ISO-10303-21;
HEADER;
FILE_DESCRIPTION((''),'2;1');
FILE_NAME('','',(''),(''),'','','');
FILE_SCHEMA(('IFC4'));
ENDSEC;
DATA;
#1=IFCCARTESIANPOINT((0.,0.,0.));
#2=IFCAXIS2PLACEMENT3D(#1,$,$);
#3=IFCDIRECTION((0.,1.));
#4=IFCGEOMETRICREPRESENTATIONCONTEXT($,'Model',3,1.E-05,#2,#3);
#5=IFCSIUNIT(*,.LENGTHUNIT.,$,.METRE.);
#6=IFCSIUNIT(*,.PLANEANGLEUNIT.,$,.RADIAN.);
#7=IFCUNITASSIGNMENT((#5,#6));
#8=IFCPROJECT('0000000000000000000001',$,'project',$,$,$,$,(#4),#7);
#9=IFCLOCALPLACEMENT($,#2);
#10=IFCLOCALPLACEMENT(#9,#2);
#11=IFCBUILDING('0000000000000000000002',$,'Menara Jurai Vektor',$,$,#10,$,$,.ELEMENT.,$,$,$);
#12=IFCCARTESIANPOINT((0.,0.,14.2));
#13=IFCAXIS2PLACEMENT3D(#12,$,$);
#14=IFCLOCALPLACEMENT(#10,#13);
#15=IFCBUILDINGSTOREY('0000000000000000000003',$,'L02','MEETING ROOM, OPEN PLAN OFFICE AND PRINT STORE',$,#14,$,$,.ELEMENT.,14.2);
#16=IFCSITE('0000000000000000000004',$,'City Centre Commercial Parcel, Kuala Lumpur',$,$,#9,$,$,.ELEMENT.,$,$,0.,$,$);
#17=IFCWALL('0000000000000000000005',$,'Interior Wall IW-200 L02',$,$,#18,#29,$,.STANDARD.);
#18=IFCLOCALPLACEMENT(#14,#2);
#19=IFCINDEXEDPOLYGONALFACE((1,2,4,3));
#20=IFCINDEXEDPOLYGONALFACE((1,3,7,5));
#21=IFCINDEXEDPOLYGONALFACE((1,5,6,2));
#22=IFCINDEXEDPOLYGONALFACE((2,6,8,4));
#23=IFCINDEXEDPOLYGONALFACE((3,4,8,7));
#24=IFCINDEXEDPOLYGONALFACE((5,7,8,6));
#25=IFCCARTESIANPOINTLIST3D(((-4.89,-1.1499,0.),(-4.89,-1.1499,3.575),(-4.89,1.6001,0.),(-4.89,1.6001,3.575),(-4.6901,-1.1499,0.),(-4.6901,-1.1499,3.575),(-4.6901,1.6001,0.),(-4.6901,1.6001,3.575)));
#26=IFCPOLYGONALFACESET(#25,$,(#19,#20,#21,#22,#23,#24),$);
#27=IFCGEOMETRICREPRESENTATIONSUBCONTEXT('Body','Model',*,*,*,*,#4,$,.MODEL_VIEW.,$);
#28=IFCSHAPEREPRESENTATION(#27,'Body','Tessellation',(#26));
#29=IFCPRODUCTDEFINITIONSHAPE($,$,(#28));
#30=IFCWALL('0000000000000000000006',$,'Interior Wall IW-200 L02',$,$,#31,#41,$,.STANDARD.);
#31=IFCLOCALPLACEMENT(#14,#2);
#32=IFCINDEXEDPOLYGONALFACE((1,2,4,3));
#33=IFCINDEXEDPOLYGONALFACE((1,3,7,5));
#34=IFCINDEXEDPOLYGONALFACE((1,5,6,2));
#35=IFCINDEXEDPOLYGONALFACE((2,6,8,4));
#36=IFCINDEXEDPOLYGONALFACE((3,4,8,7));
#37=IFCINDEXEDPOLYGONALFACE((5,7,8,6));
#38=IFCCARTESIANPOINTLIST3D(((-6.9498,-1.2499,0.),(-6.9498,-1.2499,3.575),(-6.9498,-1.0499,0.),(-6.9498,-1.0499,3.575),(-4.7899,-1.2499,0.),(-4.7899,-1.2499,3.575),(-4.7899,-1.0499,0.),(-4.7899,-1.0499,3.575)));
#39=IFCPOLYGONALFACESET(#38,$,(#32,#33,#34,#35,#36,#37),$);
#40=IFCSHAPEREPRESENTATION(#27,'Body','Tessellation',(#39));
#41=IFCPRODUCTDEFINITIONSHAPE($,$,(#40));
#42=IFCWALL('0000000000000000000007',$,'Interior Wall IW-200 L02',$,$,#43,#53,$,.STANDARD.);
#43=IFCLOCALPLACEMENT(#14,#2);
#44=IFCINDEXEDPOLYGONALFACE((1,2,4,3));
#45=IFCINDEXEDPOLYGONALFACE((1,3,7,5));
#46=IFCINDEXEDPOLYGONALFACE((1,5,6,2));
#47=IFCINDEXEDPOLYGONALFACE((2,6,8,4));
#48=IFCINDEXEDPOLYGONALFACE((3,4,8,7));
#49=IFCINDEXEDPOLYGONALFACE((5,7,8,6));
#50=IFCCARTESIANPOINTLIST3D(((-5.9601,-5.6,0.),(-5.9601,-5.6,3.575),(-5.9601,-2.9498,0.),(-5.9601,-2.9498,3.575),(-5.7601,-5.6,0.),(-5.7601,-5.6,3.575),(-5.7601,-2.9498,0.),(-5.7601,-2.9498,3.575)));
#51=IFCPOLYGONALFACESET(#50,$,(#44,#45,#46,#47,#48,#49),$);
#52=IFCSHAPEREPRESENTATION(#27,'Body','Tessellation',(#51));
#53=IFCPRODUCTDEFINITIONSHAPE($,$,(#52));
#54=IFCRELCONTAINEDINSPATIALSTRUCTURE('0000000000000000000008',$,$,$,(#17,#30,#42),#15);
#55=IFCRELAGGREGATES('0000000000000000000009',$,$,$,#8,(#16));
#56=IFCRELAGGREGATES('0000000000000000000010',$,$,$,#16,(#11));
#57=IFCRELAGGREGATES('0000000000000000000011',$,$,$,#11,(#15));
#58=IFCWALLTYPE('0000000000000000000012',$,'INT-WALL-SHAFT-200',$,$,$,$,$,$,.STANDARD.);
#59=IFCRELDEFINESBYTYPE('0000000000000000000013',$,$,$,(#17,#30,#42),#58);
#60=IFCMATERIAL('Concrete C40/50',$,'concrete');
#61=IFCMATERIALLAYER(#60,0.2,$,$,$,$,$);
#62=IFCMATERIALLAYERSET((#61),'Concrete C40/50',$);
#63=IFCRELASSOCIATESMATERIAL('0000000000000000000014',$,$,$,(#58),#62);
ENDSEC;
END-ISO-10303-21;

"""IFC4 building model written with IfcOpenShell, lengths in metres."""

from ifc_helpers import new_model, si_unit, direction, frame, frame_2d, origin, place, context, subcontext, project, spatial, rectangle, extrude, material, layer, layer_set, type_object, element, save


model = new_model("IFC4")

# Units and contexts
model_context = context("Model", 3, precision=1e-05, world=origin(), true_north=direction((0.0, 1.0)))
body_context = subcontext(model_context, "Body", "Model", "MODEL_VIEW")
ifc_project = project(units=[si_unit("LENGTHUNIT", "METRE"), si_unit("PLANEANGLEUNIT", "RADIAN")], contexts=[model_context])

# Site, building, storey
site_placement = place(None, origin())
site = spatial("IfcSite", under=ifc_project, at=site_placement, Name="City Centre Commercial Parcel, Kuala Lumpur", CompositionType="ELEMENT", RefElevation=0.0)
building_placement = place(site_placement, origin())
building = spatial("IfcBuilding", under=site, at=building_placement, Name="Menara Jurai Vektor", CompositionType="ELEMENT")
storey_placement = place(building_placement, frame((0.0, 0.0, 14.2)))
storey = spatial("IfcBuildingStorey", under=building, at=storey_placement, Name="L02", Description="MEETING ROOM, OPEN PLAN OFFICE AND PRINT STORE", CompositionType="ELEMENT", Elevation=14.2)

# Shared definitions
ifc_material_1 = material(Name="Concrete C40/50", Category="concrete")
ifc_layer_1 = layer(ifc_material_1, 0.2)
ifc_layer_set_1 = layer_set([ifc_layer_1], Name="Concrete C40/50")
wall_type_1 = type_object("IfcWallType", Name="INT-WALL-SHAFT-200", PredefinedType="STANDARD", material=ifc_layer_set_1)

# Walls
for number, where, z_axis, x_axis, name in (
    (1, (-4.79, -1.1499, 0.0), (0.0, 0.0, 1.0), (0.0, 1.0, 0.0), "Interior Wall IW-200 L02"),
):
    element("IfcWall", number, at=place(storey_placement, frame(where, z_axis=z_axis, x_axis=x_axis)), inside=storey, type_object=wall_type_1, Name=name, PredefinedType="STANDARD", context=body_context, shape_type="SweptSolid", body=[
        extrude(rectangle(XDim=2.75, YDim=0.2, at=frame_2d((1.375, 0.0))), origin(), (0.0, 0.0, 1.0), 3.575),
    ])
wall_1_placement = place(storey_placement, frame((-6.95, -1.1499, 0.0), z_axis=(0.0, 0.0, 1.0), x_axis=(1.0, 0.0, 0.0)))
element("IfcWall", 2, at=wall_1_placement, inside=storey, type_object=wall_type_1, Name="Interior Wall IW-200 L02", PredefinedType="STANDARD", context=body_context, shape_type="SweptSolid", body=[
    extrude(rectangle(XDim=2.1599, YDim=0.2, at=frame_2d((1.0801, 0.0))), origin(), (0.0, 0.0, 1.0), 3.575),
])
wall_2_placement = place(storey_placement, frame((-5.8601, -5.6001, 0.0), z_axis=(0.0, 0.0, 1.0), x_axis=(0.0, 1.0, 0.0)))
element("IfcWall", 3, at=wall_2_placement, inside=storey, type_object=wall_type_1, Name="Interior Wall IW-200 L02", PredefinedType="STANDARD", context=body_context, shape_type="SweptSolid", body=[
    extrude(rectangle(XDim=2.6501, YDim=0.2, at=frame_2d((1.3252, 0.0))), origin(), (0.0, 0.0, 1.0), 3.575),
])

save(model, "model.ifc")
